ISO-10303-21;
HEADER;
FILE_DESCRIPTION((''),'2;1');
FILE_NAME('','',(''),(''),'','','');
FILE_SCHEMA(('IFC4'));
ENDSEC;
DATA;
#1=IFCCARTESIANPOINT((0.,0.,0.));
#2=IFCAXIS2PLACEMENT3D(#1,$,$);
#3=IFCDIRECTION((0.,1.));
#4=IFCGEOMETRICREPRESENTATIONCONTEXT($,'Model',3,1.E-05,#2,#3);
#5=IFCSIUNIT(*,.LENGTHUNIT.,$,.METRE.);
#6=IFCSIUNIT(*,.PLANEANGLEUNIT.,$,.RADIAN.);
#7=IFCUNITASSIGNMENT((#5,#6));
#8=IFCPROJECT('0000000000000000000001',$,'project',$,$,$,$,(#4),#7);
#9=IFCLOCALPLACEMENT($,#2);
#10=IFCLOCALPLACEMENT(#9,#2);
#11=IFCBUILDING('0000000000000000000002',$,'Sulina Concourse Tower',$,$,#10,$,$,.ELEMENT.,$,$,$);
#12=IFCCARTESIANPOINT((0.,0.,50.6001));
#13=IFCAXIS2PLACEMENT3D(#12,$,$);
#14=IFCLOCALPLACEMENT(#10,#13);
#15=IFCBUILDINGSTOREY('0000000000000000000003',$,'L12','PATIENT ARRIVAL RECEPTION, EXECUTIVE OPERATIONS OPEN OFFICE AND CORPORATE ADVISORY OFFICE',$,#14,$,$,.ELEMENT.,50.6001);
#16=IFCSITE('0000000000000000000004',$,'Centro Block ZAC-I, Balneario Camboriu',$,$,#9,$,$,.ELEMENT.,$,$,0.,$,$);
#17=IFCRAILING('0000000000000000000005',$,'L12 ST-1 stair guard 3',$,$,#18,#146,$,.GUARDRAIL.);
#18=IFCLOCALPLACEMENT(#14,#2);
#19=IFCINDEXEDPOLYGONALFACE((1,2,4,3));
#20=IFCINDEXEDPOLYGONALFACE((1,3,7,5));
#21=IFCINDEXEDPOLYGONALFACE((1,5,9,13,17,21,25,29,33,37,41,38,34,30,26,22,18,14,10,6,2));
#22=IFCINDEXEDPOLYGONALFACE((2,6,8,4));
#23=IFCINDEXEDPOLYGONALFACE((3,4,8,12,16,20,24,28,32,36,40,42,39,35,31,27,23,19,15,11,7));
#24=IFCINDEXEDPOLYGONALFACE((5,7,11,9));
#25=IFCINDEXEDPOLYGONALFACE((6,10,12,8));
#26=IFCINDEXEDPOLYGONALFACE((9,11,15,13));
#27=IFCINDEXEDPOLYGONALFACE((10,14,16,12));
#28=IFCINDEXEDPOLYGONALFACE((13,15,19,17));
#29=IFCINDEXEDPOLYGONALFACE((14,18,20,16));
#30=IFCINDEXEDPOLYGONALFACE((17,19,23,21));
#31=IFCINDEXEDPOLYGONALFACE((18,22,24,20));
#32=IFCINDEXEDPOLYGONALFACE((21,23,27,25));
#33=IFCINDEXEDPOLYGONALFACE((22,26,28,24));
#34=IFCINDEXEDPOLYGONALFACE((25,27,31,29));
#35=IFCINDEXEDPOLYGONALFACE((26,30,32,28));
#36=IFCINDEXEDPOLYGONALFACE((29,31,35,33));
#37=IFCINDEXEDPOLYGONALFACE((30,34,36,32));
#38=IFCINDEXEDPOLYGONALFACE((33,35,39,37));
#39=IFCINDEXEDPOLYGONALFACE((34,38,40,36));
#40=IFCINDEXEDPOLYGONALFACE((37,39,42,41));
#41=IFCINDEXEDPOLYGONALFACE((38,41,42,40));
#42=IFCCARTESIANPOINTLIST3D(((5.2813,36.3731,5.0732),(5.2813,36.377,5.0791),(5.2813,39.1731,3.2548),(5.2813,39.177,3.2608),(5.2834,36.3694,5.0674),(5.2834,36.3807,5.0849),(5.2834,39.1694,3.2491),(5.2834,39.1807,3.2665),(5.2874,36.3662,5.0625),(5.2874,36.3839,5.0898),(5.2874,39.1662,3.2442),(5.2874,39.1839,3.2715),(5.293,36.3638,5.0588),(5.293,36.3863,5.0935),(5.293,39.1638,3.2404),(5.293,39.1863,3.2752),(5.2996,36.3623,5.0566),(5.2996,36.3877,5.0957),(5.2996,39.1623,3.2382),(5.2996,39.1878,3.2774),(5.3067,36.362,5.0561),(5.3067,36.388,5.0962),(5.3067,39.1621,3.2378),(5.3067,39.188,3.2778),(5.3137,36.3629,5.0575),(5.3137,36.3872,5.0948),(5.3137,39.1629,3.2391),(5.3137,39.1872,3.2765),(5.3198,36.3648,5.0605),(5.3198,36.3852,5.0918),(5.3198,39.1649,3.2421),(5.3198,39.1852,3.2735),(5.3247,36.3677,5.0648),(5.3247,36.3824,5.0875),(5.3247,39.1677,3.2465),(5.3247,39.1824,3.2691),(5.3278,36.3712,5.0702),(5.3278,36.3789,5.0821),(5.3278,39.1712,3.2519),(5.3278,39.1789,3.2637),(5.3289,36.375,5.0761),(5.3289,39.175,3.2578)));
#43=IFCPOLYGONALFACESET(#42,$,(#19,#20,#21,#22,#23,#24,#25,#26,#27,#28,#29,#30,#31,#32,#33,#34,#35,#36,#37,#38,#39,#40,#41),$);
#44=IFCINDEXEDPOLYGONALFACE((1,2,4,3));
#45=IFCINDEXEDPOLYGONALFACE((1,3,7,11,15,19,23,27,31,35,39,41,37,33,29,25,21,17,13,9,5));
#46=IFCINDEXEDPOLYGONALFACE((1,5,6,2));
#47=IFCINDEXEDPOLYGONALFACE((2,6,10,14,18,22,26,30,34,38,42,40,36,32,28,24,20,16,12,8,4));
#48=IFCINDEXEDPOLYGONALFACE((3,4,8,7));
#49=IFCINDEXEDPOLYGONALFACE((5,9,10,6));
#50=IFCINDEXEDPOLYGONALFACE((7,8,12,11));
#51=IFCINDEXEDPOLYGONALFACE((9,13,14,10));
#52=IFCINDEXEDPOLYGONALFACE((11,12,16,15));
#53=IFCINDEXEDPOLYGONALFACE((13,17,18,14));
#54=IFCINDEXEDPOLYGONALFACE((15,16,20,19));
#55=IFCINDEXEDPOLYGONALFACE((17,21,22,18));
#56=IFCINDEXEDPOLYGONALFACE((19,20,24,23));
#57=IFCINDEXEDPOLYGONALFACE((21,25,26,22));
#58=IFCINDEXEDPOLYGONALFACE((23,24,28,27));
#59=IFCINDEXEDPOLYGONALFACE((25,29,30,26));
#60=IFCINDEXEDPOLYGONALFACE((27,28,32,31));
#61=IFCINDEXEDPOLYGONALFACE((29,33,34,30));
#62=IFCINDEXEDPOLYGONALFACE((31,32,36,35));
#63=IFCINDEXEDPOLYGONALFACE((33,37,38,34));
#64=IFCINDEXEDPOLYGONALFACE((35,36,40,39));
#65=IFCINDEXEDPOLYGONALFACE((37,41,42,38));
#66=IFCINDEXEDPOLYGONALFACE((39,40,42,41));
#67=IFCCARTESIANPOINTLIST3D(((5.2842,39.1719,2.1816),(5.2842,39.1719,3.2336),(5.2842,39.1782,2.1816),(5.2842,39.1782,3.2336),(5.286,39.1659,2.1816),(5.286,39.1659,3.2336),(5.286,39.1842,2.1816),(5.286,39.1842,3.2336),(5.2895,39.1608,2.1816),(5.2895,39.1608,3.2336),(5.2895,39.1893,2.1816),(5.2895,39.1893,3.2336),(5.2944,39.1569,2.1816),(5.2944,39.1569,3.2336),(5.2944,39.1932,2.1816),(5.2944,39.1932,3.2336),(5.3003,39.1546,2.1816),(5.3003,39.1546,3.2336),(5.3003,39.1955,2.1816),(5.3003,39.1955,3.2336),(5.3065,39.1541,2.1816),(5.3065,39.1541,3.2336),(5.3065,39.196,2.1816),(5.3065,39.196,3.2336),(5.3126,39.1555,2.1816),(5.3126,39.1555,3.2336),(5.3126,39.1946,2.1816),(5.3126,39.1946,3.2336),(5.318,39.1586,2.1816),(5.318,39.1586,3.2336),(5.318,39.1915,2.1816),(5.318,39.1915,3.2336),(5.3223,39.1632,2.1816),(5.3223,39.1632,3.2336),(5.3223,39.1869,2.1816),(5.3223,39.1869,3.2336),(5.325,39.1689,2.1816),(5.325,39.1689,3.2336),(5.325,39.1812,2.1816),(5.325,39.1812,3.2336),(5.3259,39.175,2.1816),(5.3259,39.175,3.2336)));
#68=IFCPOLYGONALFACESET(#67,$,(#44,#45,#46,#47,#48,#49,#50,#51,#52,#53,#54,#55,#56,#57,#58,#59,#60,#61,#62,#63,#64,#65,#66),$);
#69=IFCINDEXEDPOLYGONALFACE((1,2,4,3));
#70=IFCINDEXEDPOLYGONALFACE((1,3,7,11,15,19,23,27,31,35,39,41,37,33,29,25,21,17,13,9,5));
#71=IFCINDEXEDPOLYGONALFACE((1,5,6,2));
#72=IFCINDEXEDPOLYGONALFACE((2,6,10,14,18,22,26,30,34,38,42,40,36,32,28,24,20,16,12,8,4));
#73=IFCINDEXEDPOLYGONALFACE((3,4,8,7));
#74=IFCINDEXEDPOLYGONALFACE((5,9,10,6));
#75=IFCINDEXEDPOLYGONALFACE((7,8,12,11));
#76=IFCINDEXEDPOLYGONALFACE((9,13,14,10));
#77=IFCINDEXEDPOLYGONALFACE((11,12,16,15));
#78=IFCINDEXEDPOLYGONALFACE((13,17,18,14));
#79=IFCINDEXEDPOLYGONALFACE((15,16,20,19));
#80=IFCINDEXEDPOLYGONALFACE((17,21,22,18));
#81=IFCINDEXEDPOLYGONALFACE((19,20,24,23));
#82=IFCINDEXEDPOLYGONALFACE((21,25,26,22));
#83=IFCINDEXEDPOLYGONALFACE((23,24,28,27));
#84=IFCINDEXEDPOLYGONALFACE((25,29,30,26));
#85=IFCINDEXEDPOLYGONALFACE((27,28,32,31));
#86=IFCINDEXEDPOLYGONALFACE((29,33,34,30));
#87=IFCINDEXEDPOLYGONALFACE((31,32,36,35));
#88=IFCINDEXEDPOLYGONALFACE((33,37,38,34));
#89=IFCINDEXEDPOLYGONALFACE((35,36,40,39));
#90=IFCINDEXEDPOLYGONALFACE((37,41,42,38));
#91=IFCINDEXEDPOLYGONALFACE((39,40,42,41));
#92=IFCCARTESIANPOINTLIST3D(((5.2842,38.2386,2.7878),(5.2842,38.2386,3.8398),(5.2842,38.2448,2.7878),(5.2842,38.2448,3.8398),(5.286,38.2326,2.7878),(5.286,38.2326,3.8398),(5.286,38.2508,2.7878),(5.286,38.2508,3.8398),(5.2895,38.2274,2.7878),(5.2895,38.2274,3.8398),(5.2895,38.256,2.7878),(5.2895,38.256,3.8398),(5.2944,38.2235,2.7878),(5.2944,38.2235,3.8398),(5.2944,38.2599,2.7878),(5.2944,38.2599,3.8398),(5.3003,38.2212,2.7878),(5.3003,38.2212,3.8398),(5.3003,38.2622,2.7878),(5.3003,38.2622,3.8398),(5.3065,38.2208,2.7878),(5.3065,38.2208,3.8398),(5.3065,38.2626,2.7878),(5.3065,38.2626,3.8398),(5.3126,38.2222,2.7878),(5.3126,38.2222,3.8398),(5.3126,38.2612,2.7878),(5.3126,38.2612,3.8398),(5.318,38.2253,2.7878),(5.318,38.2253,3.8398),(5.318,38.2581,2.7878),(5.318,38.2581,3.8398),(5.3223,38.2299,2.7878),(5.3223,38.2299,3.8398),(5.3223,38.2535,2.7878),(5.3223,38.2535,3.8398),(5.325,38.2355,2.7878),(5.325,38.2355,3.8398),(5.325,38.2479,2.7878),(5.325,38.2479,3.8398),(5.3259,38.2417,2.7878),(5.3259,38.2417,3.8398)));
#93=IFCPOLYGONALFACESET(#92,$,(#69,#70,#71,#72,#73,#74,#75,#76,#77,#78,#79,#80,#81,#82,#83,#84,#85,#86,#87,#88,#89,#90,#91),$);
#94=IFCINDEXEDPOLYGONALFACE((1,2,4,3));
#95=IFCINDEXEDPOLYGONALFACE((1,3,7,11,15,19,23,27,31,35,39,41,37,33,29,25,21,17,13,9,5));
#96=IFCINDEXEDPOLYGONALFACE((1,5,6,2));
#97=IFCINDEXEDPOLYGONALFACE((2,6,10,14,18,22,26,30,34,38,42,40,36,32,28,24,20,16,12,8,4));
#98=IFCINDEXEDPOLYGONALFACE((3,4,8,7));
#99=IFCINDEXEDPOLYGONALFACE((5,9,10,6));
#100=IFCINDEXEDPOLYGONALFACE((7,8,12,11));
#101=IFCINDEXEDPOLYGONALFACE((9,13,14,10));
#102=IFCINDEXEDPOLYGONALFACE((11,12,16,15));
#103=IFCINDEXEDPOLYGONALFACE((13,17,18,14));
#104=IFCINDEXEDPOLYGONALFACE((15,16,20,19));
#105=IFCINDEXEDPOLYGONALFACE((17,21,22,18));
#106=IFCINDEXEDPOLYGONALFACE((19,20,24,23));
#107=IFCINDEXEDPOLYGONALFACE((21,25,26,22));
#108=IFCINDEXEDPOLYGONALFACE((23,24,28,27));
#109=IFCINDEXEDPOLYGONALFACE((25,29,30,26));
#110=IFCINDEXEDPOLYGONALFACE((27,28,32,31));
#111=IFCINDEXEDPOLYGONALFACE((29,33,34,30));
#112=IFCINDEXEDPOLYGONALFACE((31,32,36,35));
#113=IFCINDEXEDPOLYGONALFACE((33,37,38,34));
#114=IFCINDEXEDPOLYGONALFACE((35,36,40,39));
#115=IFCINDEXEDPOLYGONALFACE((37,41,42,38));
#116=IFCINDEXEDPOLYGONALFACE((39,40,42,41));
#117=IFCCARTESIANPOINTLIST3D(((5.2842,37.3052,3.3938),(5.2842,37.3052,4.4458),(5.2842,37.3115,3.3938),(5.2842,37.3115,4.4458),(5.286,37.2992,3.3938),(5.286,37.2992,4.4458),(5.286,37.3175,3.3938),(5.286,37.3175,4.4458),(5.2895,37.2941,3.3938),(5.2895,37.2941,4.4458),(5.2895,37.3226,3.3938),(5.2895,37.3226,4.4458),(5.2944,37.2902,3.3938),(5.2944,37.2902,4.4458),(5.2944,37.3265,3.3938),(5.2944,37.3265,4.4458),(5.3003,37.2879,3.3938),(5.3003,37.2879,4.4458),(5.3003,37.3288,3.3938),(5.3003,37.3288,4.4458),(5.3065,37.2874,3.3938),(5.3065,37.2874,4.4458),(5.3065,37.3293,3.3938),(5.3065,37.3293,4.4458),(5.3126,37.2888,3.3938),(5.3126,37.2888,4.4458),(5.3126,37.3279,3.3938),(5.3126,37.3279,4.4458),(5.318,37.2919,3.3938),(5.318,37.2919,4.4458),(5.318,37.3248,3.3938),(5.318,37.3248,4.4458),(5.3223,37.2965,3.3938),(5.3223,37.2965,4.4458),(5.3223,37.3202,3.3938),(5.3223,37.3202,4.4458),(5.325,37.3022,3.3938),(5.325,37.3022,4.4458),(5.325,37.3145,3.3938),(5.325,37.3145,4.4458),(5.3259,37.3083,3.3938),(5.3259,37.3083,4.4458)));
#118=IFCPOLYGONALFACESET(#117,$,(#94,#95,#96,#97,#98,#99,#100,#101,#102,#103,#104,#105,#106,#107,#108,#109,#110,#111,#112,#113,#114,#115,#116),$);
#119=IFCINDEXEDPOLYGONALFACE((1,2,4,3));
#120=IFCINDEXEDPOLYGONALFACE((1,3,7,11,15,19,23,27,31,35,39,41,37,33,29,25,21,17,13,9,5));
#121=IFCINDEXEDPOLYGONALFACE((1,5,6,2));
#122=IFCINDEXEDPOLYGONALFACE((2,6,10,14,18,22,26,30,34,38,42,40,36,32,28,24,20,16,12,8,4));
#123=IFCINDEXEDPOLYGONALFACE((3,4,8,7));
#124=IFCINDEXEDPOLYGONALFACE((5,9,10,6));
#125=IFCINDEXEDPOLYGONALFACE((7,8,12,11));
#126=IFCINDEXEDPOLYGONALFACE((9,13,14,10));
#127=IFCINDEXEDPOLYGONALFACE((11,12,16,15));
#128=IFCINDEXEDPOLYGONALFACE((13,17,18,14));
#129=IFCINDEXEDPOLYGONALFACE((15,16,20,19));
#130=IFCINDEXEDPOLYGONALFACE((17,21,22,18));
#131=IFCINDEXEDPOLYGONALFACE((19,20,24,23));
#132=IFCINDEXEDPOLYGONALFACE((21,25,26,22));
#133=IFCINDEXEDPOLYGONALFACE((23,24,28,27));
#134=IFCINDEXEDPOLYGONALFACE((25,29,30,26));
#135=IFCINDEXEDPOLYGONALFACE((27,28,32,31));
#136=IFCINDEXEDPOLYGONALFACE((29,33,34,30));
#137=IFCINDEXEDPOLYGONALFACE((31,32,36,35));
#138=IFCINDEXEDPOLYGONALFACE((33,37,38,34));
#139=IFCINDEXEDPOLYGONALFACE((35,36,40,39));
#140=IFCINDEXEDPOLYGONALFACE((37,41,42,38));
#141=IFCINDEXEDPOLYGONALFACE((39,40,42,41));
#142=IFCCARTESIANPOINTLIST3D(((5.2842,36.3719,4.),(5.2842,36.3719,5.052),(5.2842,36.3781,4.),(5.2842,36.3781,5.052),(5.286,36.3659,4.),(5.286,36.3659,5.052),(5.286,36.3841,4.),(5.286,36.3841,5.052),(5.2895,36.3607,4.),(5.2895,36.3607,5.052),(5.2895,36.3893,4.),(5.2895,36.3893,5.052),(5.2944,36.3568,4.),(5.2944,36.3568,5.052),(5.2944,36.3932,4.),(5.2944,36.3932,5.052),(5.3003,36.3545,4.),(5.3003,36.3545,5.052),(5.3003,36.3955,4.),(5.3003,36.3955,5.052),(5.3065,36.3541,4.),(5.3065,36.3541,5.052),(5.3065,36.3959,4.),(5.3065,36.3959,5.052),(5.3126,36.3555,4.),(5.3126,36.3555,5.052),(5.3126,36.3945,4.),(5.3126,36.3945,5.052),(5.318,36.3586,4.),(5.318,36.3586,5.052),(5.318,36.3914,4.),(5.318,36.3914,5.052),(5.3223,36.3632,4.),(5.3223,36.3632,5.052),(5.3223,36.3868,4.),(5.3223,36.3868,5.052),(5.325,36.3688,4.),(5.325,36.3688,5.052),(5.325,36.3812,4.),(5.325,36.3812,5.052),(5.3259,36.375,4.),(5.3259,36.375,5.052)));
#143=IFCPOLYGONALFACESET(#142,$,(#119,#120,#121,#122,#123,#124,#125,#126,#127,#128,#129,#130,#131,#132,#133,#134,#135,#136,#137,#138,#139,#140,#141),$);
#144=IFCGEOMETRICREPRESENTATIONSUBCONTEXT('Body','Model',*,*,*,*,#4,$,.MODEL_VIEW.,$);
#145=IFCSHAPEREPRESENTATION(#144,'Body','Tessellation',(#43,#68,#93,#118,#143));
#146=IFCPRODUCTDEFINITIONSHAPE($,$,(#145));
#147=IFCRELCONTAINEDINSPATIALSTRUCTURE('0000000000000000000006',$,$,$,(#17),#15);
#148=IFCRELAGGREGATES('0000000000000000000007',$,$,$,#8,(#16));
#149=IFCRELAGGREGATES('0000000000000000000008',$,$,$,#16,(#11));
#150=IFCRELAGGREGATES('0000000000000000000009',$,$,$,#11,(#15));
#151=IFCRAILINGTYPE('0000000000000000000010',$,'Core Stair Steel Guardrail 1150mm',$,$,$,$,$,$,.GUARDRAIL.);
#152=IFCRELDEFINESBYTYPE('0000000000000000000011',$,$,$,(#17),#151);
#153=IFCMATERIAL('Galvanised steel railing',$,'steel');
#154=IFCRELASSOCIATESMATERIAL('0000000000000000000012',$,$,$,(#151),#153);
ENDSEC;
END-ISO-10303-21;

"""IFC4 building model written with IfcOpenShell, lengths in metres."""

from ifc_helpers import new_model, si_unit, direction, frame, origin, origin_2d, place, context, subcontext, project, spatial, circle, extrude, material, type_object, element, save


model = new_model("IFC4")

# Units and contexts
model_context = context("Model", 3, precision=1e-05, world=origin(), true_north=direction((0.0, 1.0)))
body_context = subcontext(model_context, "Body", "Model", "MODEL_VIEW")
ifc_project = project(units=[si_unit("LENGTHUNIT", "METRE"), si_unit("PLANEANGLEUNIT", "RADIAN")], contexts=[model_context])

# Site, building, storey
site_placement = place(None, origin())
site = spatial("IfcSite", under=ifc_project, at=site_placement, Name="Centro Block ZAC-I, Balneario Camboriu", CompositionType="ELEMENT", RefElevation=0.0)
building_placement = place(site_placement, origin())
building = spatial("IfcBuilding", under=site, at=building_placement, Name="Sulina Concourse Tower", CompositionType="ELEMENT")
storey_placement = place(building_placement, frame((0.0, 0.0, 50.6001)))
storey = spatial("IfcBuildingStorey", under=building, at=storey_placement, Name="L12", Description="PATIENT ARRIVAL RECEPTION, EXECUTIVE OPERATIONS OPEN OFFICE AND CORPORATE ADVISORY OFFICE", CompositionType="ELEMENT", Elevation=50.6001)

# Railing
ifc_material_1 = material(Name="Galvanised steel railing", Category="steel")
railing_type_1 = type_object("IfcRailingType", Name="Core Stair Steel Guardrail 1150mm", PredefinedType="GUARDRAIL", material=ifc_material_1)
railing_1_placement = place(storey_placement, frame((5.3049, 39.175, 2.1816)))
element("IfcRailing", 1, at=railing_1_placement, inside=storey, type_object=railing_type_1, Name="L12 ST-1 stair guard 3", PredefinedType="GUARDRAIL", context=body_context, shape_type="SweptSolid", body=[
    extrude(circle(Radius=0.0239, at=origin_2d()), frame((0.0, 0.0, 1.0762), z_axis=(0.0, -0.838672, 0.544636), x_axis=(1.0, 0.0, 0.0)), (0.0, 0.0, 1.0), 3.3386),
    extrude(circle(Radius=0.021, at=origin_2d()), origin(), (0.0, 0.0, 1.0), 1.052),
    extrude(circle(Radius=0.021, at=origin_2d()), frame((0.0, -0.9333, 0.6062)), (0.0, 0.0, 1.0), 1.052),
    extrude(circle(Radius=0.021, at=origin_2d()), frame((0.0, -1.8667, 1.2122)), (0.0, 0.0, 1.0), 1.052),
    extrude(circle(Radius=0.021, at=origin_2d()), frame((0.0, -2.8, 1.8184)), (0.0, 0.0, 1.0), 1.052),
])

save(model, "model.ifc")
